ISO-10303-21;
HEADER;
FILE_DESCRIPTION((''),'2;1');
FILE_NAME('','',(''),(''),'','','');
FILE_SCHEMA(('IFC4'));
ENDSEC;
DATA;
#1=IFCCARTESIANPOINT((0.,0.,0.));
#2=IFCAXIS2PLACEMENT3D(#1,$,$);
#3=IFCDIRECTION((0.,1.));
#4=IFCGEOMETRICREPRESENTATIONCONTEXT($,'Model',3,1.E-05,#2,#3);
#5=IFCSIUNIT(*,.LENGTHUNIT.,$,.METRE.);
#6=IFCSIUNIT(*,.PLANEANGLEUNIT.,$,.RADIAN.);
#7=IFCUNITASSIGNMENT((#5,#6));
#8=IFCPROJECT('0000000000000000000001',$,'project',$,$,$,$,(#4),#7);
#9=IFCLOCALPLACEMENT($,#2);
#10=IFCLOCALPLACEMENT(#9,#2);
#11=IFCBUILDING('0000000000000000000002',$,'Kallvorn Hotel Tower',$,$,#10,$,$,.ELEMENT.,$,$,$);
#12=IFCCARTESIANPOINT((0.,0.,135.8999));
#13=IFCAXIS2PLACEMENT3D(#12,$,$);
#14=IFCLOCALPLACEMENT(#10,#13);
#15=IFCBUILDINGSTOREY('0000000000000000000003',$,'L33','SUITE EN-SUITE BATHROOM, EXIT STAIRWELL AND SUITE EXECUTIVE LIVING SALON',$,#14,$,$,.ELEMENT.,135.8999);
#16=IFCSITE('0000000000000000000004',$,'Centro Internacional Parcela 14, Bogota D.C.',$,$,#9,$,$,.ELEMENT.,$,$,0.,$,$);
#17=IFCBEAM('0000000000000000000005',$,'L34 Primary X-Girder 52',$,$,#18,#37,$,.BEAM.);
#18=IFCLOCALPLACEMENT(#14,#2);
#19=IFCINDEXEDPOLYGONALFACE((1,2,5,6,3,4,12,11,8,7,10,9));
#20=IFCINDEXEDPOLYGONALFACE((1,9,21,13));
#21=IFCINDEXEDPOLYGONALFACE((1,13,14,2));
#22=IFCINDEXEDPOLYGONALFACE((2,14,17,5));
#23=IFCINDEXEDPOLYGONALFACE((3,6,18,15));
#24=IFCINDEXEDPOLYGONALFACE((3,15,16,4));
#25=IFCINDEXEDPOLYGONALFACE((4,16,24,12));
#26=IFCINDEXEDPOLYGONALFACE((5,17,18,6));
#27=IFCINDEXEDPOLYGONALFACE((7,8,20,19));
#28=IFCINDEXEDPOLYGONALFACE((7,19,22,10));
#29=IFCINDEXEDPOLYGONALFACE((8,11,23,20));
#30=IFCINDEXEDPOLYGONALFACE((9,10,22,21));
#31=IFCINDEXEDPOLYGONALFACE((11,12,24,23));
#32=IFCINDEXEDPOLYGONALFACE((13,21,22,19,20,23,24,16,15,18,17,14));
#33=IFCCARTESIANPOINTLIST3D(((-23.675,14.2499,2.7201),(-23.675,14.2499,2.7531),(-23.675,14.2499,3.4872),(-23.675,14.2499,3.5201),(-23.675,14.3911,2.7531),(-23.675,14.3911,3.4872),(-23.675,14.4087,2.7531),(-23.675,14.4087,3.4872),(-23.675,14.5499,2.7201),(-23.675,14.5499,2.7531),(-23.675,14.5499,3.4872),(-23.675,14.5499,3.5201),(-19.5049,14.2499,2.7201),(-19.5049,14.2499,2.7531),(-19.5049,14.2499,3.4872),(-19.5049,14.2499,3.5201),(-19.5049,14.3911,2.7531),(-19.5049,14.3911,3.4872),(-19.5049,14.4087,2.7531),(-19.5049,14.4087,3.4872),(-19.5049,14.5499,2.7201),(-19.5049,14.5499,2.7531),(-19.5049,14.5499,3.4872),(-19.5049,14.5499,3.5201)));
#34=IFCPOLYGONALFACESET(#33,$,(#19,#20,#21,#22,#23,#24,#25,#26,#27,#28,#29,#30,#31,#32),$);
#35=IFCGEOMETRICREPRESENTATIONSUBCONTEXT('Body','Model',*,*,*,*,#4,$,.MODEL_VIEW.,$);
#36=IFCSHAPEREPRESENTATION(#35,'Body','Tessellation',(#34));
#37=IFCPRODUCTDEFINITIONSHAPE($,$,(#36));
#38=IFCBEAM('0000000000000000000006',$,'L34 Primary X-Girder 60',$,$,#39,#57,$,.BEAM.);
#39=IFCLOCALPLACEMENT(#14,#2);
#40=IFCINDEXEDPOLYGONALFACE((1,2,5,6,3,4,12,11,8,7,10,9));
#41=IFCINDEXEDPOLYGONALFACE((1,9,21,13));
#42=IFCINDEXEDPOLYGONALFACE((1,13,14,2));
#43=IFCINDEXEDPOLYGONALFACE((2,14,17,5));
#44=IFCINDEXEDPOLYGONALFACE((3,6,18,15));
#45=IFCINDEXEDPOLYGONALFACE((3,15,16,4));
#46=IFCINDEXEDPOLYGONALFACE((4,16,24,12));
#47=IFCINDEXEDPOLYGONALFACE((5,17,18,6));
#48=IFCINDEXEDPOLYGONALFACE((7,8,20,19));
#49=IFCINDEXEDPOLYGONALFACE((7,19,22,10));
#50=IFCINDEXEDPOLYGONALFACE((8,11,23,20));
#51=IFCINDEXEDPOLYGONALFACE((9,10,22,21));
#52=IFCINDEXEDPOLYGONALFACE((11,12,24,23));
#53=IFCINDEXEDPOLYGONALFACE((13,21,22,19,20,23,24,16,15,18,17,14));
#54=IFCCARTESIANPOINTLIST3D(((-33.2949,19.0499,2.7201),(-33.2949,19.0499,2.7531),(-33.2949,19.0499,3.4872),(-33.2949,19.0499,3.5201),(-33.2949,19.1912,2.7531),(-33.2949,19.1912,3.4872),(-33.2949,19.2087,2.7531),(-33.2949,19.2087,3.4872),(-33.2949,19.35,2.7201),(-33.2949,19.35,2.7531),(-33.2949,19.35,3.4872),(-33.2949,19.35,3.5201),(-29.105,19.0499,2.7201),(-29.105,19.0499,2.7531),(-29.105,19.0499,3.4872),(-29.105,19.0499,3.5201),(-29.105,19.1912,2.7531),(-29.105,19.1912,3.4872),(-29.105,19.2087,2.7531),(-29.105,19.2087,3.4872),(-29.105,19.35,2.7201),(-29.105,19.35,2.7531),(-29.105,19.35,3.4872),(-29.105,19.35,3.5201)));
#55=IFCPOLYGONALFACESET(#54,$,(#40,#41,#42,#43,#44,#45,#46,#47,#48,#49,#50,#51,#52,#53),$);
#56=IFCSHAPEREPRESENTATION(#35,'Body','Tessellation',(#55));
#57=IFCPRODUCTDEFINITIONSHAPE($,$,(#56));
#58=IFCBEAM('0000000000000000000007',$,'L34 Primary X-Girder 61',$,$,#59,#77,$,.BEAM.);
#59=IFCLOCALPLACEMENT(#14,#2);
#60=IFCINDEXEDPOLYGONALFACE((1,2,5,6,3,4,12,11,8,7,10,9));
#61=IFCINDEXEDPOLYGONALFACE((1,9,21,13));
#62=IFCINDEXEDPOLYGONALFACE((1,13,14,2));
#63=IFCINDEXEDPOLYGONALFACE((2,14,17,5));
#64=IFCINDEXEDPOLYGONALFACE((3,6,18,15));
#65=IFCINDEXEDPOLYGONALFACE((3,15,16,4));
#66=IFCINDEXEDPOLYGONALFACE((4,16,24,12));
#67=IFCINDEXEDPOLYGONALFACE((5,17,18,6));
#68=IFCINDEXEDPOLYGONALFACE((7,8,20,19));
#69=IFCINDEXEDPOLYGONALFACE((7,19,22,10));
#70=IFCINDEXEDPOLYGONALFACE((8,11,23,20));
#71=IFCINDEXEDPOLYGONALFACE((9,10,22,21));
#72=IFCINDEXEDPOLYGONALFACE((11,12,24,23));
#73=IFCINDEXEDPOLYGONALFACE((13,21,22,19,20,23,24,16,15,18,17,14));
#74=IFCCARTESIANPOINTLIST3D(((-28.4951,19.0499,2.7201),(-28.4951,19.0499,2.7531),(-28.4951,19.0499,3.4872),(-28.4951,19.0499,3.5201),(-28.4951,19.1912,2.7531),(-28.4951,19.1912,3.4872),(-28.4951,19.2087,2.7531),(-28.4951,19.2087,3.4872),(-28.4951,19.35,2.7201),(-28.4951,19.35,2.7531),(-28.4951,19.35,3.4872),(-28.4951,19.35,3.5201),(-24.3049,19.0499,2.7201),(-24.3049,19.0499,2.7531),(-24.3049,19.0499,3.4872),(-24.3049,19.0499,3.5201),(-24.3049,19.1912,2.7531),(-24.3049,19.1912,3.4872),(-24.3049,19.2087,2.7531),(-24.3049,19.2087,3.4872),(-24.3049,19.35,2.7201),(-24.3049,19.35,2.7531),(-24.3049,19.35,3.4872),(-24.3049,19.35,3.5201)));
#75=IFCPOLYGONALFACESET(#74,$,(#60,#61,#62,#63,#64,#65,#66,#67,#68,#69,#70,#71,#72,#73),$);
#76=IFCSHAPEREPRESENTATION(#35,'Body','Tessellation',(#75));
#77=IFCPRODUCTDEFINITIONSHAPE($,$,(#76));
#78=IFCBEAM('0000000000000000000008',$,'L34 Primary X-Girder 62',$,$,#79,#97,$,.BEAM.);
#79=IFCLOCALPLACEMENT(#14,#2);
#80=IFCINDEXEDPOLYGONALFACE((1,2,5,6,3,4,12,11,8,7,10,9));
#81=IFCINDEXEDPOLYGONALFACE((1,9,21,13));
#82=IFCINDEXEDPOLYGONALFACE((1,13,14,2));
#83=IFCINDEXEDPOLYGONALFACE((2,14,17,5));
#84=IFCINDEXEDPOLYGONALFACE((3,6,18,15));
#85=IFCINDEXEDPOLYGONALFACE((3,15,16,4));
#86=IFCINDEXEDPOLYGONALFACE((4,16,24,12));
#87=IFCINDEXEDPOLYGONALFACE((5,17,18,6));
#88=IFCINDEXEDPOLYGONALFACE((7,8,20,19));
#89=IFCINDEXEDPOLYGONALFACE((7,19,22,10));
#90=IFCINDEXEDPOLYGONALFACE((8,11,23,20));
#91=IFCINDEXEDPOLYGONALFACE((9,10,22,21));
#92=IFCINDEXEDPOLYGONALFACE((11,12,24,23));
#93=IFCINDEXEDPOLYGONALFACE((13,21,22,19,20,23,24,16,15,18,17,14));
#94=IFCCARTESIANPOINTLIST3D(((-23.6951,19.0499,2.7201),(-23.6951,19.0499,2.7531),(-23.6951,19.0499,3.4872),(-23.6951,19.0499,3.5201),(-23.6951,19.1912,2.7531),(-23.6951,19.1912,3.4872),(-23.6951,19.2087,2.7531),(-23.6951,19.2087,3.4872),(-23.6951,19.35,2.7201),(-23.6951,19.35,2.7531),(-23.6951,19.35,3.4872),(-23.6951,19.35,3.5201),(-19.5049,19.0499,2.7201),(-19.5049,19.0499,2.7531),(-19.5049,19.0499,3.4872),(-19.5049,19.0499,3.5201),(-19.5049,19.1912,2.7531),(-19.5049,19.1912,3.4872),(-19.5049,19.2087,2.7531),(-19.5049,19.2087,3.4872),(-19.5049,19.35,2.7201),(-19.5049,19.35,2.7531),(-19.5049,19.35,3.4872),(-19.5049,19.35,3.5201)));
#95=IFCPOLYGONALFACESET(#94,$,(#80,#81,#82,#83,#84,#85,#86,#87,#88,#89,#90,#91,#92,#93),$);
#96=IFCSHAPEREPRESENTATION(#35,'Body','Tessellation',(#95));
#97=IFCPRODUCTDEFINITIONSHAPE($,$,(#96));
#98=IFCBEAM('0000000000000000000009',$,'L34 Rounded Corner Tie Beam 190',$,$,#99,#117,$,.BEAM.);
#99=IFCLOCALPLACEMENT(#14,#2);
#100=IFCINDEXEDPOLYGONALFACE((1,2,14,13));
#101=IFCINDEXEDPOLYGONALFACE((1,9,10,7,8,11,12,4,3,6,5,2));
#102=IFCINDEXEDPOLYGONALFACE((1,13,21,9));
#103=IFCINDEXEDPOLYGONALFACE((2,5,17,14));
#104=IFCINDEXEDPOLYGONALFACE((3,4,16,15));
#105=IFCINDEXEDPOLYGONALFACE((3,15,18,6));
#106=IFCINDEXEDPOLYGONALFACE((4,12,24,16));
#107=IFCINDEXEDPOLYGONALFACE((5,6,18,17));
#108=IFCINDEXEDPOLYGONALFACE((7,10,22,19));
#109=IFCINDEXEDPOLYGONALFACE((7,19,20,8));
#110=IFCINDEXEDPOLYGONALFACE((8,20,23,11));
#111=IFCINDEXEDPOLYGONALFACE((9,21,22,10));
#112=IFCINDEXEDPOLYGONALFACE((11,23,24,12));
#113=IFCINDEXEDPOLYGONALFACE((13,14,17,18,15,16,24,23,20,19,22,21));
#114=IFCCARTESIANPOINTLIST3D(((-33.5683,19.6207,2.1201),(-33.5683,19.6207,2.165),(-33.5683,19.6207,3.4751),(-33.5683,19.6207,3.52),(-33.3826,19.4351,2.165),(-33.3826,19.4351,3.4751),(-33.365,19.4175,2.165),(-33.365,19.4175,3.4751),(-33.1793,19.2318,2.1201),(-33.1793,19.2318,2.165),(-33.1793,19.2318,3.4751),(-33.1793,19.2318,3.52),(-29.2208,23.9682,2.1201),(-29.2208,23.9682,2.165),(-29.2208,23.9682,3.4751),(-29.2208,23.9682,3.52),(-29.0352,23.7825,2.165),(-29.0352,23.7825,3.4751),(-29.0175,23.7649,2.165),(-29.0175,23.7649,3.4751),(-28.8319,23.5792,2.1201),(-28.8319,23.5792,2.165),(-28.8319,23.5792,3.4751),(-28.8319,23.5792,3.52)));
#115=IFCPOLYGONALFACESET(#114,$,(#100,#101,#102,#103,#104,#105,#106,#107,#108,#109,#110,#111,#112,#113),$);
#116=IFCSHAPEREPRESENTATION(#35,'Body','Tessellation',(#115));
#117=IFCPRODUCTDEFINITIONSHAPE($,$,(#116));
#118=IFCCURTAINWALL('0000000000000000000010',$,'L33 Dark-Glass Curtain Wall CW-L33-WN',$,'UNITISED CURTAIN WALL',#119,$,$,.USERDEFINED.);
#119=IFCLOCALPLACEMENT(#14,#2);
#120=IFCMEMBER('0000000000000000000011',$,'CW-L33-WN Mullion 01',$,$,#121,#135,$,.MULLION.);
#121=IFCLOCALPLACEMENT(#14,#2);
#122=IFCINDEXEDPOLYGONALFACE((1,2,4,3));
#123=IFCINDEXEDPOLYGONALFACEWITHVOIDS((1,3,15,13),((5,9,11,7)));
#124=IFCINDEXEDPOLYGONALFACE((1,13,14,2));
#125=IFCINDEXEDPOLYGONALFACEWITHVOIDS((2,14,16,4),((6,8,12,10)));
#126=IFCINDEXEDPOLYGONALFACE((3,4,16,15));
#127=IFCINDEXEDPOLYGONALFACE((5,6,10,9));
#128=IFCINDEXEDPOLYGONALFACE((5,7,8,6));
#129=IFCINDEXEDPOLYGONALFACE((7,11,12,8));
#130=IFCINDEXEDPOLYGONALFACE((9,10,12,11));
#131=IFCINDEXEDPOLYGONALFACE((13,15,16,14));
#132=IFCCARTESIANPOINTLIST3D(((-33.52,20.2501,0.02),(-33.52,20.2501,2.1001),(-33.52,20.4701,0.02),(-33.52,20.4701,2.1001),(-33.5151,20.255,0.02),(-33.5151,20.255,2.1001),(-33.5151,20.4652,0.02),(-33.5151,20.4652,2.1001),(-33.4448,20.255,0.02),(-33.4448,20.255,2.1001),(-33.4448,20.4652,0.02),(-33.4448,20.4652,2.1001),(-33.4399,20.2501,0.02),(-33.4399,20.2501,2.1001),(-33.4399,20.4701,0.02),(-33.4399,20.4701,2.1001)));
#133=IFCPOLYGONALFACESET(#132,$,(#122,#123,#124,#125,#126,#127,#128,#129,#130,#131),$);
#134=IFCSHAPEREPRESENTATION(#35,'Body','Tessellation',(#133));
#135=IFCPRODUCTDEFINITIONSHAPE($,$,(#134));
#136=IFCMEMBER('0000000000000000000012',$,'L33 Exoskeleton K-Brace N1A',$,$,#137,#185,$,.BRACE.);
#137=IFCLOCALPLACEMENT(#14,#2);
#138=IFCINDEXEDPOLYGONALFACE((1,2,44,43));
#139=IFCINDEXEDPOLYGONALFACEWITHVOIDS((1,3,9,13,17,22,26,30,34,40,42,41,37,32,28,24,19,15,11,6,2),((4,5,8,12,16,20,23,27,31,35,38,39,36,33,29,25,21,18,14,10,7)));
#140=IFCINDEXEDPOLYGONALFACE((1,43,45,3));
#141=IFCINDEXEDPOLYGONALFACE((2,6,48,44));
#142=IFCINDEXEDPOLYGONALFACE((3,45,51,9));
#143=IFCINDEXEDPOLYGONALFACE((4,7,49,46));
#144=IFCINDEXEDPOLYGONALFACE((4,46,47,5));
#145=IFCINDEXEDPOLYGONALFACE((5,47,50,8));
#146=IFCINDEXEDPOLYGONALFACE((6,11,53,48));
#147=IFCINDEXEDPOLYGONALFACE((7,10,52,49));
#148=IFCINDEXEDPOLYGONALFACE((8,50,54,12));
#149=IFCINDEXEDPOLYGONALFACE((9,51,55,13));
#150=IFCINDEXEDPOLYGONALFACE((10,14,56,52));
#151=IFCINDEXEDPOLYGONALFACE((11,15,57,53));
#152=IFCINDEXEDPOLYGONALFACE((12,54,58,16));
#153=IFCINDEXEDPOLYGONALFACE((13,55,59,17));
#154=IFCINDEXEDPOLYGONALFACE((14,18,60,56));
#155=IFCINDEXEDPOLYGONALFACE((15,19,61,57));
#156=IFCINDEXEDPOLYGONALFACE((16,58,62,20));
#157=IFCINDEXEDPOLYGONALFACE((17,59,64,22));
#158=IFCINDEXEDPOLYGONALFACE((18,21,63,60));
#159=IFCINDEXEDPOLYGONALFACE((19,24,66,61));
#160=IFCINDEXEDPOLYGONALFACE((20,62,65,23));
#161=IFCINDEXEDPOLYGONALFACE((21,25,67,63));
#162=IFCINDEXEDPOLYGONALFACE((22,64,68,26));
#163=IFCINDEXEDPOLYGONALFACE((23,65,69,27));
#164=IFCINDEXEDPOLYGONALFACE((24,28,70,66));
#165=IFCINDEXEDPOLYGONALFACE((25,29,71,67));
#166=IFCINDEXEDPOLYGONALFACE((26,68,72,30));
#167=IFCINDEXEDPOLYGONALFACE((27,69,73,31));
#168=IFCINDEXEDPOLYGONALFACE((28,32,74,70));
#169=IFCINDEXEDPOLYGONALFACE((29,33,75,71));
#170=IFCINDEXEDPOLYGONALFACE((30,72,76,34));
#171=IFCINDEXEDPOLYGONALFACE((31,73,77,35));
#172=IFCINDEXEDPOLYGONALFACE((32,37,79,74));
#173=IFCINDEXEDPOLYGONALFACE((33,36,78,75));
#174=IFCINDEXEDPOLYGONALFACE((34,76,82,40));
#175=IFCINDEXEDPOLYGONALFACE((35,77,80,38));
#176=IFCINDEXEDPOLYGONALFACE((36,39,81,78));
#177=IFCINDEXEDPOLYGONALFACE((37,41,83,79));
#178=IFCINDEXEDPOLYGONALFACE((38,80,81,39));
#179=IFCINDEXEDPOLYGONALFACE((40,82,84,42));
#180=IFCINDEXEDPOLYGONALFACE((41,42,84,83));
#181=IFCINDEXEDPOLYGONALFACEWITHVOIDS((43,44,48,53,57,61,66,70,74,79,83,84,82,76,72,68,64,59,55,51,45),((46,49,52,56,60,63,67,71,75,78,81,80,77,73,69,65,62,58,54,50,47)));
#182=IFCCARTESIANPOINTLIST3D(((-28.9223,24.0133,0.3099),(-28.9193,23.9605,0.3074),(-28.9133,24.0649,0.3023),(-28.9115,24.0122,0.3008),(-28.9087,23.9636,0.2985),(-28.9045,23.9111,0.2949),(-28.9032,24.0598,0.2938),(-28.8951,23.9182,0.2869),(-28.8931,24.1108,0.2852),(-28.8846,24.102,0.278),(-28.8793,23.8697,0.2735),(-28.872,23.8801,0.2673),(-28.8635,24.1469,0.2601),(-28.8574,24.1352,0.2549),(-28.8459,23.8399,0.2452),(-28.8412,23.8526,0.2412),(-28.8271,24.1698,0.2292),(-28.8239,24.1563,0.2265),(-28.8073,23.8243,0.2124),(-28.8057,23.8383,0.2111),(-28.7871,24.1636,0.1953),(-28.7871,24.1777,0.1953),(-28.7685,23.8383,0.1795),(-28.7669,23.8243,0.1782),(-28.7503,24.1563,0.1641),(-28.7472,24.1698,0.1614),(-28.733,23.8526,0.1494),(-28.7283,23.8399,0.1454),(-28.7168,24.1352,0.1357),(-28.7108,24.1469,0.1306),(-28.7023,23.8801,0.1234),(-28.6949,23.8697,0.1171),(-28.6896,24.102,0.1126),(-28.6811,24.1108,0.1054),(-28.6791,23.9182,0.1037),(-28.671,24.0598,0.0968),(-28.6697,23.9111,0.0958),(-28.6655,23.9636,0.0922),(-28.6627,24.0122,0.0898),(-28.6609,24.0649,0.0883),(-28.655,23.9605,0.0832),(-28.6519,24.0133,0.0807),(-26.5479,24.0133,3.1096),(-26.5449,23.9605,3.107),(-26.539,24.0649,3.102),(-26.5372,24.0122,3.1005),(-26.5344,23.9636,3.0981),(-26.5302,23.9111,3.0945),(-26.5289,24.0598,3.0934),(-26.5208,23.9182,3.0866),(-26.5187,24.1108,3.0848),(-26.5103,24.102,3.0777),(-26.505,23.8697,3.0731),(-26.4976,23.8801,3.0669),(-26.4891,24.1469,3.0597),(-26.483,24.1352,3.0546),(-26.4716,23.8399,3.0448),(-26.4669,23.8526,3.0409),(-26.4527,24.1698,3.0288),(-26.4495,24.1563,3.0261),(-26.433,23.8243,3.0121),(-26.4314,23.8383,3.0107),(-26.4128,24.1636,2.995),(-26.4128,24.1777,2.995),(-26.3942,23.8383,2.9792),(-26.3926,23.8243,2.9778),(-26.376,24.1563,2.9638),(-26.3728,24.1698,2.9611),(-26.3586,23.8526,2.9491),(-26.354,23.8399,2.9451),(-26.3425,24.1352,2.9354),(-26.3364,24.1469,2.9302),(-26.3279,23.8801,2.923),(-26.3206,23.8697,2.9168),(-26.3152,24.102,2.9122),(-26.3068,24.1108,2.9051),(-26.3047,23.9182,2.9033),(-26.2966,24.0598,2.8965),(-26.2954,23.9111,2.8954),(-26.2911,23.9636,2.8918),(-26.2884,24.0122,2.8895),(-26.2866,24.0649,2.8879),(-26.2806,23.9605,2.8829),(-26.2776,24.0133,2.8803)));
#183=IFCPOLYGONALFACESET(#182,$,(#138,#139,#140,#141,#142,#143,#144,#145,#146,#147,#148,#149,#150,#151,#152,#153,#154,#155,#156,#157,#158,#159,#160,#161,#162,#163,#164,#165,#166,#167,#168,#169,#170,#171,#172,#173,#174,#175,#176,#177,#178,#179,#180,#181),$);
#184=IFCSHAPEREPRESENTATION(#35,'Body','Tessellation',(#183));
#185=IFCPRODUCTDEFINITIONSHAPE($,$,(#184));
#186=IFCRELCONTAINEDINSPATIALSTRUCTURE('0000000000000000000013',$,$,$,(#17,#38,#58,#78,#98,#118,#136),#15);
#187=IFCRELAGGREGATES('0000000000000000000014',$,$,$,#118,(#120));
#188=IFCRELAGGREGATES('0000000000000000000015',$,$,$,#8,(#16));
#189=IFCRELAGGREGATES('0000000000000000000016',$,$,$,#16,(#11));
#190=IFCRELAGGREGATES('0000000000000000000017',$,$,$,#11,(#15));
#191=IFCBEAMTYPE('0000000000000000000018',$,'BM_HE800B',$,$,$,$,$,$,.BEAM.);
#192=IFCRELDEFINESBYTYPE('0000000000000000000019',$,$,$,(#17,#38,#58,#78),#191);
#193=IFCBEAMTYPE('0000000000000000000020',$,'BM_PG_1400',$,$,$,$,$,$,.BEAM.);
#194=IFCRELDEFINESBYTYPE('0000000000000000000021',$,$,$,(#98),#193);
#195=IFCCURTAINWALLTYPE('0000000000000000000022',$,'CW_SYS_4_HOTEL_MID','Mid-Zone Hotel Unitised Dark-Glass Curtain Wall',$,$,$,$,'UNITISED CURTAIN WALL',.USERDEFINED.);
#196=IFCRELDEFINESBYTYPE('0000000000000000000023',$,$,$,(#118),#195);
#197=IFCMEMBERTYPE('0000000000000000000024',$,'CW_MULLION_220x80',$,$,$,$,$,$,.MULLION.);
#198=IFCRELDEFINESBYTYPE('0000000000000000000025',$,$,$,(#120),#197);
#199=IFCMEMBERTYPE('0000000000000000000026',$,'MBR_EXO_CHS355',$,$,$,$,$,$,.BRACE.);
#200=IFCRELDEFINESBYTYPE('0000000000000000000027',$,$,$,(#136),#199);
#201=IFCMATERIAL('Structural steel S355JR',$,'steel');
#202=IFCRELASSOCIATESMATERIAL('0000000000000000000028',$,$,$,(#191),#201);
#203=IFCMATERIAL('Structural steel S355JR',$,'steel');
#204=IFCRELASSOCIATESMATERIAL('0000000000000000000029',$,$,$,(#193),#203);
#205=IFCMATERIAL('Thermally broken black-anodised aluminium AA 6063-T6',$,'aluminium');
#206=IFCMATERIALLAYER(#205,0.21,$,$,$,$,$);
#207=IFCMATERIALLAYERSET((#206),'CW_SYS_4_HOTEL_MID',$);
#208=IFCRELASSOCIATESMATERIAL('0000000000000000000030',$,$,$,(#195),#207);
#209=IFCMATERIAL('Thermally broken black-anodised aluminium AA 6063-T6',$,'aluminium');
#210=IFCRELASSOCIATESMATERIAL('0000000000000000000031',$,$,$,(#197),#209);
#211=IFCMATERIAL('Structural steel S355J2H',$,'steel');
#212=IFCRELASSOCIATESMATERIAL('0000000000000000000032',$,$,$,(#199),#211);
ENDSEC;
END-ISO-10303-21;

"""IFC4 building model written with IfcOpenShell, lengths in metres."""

from ifc_helpers import new_model, si_unit, direction, frame, origin, origin_2d, place, context, subcontext, project, spatial, hollow_rectangle, hollow_circle, i_section, extrude, material, layer, layer_set, material_profile, profile_set, type_object, element, aggregate, save


model = new_model("IFC4")

# Units and contexts
model_context = context("Model", 3, precision=1e-05, world=origin(), true_north=direction((0.0, 1.0)))
body_context = subcontext(model_context, "Body", "Model", "MODEL_VIEW")
ifc_project = project(units=[si_unit("LENGTHUNIT", "METRE"), si_unit("PLANEANGLEUNIT", "RADIAN")], contexts=[model_context])

# Site, building, storey
site_placement = place(None, origin())
site = spatial("IfcSite", under=ifc_project, at=site_placement, Name="Centro Internacional Parcela 14, Bogota D.C.", CompositionType="ELEMENT", RefElevation=0.0)
building_placement = place(site_placement, origin())
building = spatial("IfcBuilding", under=site, at=building_placement, Name="Kallvorn Hotel Tower", CompositionType="ELEMENT")
storey_placement = place(building_placement, frame((0.0, 0.0, 135.8999)))
storey = spatial("IfcBuildingStorey", under=building, at=storey_placement, Name="L33", Description="SUITE EN-SUITE BATHROOM, EXIT STAIRWELL AND SUITE EXECUTIVE LIVING SALON", CompositionType="ELEMENT", Elevation=135.8999)

# Beams
ifc_material_1 = material(Name="Structural steel S355JR", Category="steel")
ifc_material_profile_1 = material_profile(ifc_material_1, i_section(OverallWidth=0.3, OverallDepth=0.8, WebThickness=0.0176, FlangeThickness=0.033, at=origin_2d()), Name="HE 800 B")
ifc_profile_set_1 = profile_set([ifc_material_profile_1], Name="Structural steel S355JR")
beam_type_1 = type_object("IfcBeamType", Name="BM_HE800B", PredefinedType="BEAM", material=ifc_profile_set_1)
beam_1_placement = place(storey_placement, frame((-23.675, 14.3999, 3.1201), z_axis=(1.0, 0.0, 0.0), x_axis=(0.0, 1.0, 0.0)))
element("IfcBeam", 1, at=beam_1_placement, inside=storey, type_object=beam_type_1, Name="L34 Primary X-Girder 52", PredefinedType="BEAM", context=body_context, shape_type="SweptSolid", body=[
    extrude(i_section(OverallWidth=0.3, OverallDepth=0.8, WebThickness=0.0176, FlangeThickness=0.033, at=origin_2d()), origin(), (0.0, 0.0, 1.0), 4.1702),
])
beam_2_placement = place(storey_placement, frame((-33.2949, 19.2, 3.1201), z_axis=(1.0, 0.0, 0.0), x_axis=(0.0, 1.0, 0.0)))
element("IfcBeam", 2, at=beam_2_placement, inside=storey, type_object=beam_type_1, Name="L34 Primary X-Girder 60", PredefinedType="BEAM", context=body_context, shape_type="SweptSolid", body=[
    extrude(i_section(OverallWidth=0.3, OverallDepth=0.8, WebThickness=0.0176, FlangeThickness=0.033, at=origin_2d()), origin(), (0.0, 0.0, 1.0), 4.1899),
])
for number, where, z_axis, x_axis, name in (
    (3, (-28.4951, 19.2, 3.1201), (1.0, 0.0, 0.0), (0.0, 1.0, 0.0), "L34 Primary X-Girder 61"),
    (4, (-23.6951, 19.2, 3.1201), (1.0, 0.0, 0.0), (0.0, 1.0, 0.0), "L34 Primary X-Girder 62"),
):
    element("IfcBeam", number, at=place(storey_placement, frame(where, z_axis=z_axis, x_axis=x_axis)), inside=storey, type_object=beam_type_1, Name=name, PredefinedType="BEAM", context=body_context, shape_type="SweptSolid", body=[
        extrude(i_section(OverallWidth=0.3, OverallDepth=0.8, WebThickness=0.0176, FlangeThickness=0.033, at=origin_2d()), origin(), (0.0, 0.0, 1.0), 4.1902),
    ])
ifc_material_2 = material(Name="Structural steel S355JR", Category="steel")
ifc_material_profile_2 = material_profile(ifc_material_2, i_section(OverallWidth=0.55, OverallDepth=1.3999, WebThickness=0.0249, FlangeThickness=0.0449, at=origin_2d()), Name="PG 1400x550x25x45")
ifc_profile_set_2 = profile_set([ifc_material_profile_2], Name="Structural steel S355JR")
beam_type_2 = type_object("IfcBeamType", Name="BM_PG_1400", PredefinedType="BEAM", material=ifc_profile_set_2)
beam_3_placement = place(storey_placement, frame((-33.3738, 19.4263, 2.8201), z_axis=(0.707107, 0.707107, 0.0), x_axis=(-0.707107, 0.707107, 0.0)))
element("IfcBeam", 5, at=beam_3_placement, inside=storey, type_object=beam_type_2, Name="L34 Rounded Corner Tie Beam 190", PredefinedType="BEAM", context=body_context, shape_type="SweptSolid", body=[
    extrude(i_section(OverallWidth=0.55, OverallDepth=1.3999, WebThickness=0.0249, FlangeThickness=0.0449, at=origin_2d()), origin(), (0.0, 0.0, 1.0), 6.1482),
])

# Curtain wall, member
ifc_material_3 = material(Name="Thermally broken black-anodised aluminium AA 6063-T6", Category="aluminium")
ifc_layer_1 = layer(ifc_material_3, 0.21)
ifc_layer_set_1 = layer_set([ifc_layer_1], Name="CW_SYS_4_HOTEL_MID")
curtain_wall_type = type_object("IfcCurtainWallType", Name="CW_SYS_4_HOTEL_MID", Description="Mid-Zone Hotel Unitised Dark-Glass Curtain Wall", ElementType="UNITISED CURTAIN WALL", PredefinedType="USERDEFINED", material=ifc_layer_set_1)
curtain_wall_placement = place(storey_placement, origin())
curtain_wall = element("IfcCurtainWall", 6, at=curtain_wall_placement, inside=storey, type_object=curtain_wall_type, Name="L33 Dark-Glass Curtain Wall CW-L33-WN", ObjectType="UNITISED CURTAIN WALL", PredefinedType="USERDEFINED")
ifc_material_4 = material(Name="Thermally broken black-anodised aluminium AA 6063-T6", Category="aluminium")
ifc_material_profile_3 = material_profile(ifc_material_4, hollow_rectangle(XDim=0.0801, YDim=0.22, WallThickness=0.0049, at=origin_2d()), Name="MUL 220x80")
ifc_profile_set_3 = profile_set([ifc_material_profile_3], Name="Thermally broken black-anodised aluminium AA 6063-T6")
member_type_1 = type_object("IfcMemberType", Name="CW_MULLION_220x80", PredefinedType="MULLION", material=ifc_profile_set_3)
member_placement = place(storey_placement, frame((-33.48, 20.3601, 0.02), z_axis=(0.0, 0.0, 1.0), x_axis=(1.0, 0.0, 0.0)))
member = element("IfcMember", 7, at=member_placement, type_object=member_type_1, Name="CW-L33-WN Mullion 01", PredefinedType="MULLION", context=body_context, shape_type="SweptSolid", body=[
    extrude(hollow_rectangle(XDim=0.0801, YDim=0.22, WallThickness=0.0049, at=origin_2d()), origin(), (0.0, 0.0, 1.0), 2.0801),
])
aggregate(curtain_wall, [member])

# Member
ifc_material_5 = material(Name="Structural steel S355J2H", Category="steel")
ifc_material_profile_4 = material_profile(ifc_material_5, hollow_circle(Radius=0.1777, WallThickness=0.0142, at=origin_2d()), Name="CHS 355.6x14.2")
ifc_profile_set_4 = profile_set([ifc_material_profile_4], Name="Structural steel S355J2H")
member_type_2 = type_object("IfcMemberType", Name="MBR_EXO_CHS355", PredefinedType="BRACE", material=ifc_profile_set_4)
for number, where, z_axis, x_axis, name in (
    (8, (-28.7871, 24.0, 0.1953), (0.6468, 0.0, 0.762659), (0.0, 1.0, 0.0), "L33 Exoskeleton K-Brace N1A"),
):
    element("IfcMember", number, at=place(storey_placement, frame(where, z_axis=z_axis, x_axis=x_axis)), inside=storey, type_object=member_type_2, Name=name, PredefinedType="BRACE", context=body_context, shape_type="SweptSolid", body=[
        extrude(hollow_circle(Radius=0.1777, WallThickness=0.0142, at=origin_2d()), origin(), (0.0, 0.0, 1.0), 3.6709),
    ])

save(model, "model.ifc")
